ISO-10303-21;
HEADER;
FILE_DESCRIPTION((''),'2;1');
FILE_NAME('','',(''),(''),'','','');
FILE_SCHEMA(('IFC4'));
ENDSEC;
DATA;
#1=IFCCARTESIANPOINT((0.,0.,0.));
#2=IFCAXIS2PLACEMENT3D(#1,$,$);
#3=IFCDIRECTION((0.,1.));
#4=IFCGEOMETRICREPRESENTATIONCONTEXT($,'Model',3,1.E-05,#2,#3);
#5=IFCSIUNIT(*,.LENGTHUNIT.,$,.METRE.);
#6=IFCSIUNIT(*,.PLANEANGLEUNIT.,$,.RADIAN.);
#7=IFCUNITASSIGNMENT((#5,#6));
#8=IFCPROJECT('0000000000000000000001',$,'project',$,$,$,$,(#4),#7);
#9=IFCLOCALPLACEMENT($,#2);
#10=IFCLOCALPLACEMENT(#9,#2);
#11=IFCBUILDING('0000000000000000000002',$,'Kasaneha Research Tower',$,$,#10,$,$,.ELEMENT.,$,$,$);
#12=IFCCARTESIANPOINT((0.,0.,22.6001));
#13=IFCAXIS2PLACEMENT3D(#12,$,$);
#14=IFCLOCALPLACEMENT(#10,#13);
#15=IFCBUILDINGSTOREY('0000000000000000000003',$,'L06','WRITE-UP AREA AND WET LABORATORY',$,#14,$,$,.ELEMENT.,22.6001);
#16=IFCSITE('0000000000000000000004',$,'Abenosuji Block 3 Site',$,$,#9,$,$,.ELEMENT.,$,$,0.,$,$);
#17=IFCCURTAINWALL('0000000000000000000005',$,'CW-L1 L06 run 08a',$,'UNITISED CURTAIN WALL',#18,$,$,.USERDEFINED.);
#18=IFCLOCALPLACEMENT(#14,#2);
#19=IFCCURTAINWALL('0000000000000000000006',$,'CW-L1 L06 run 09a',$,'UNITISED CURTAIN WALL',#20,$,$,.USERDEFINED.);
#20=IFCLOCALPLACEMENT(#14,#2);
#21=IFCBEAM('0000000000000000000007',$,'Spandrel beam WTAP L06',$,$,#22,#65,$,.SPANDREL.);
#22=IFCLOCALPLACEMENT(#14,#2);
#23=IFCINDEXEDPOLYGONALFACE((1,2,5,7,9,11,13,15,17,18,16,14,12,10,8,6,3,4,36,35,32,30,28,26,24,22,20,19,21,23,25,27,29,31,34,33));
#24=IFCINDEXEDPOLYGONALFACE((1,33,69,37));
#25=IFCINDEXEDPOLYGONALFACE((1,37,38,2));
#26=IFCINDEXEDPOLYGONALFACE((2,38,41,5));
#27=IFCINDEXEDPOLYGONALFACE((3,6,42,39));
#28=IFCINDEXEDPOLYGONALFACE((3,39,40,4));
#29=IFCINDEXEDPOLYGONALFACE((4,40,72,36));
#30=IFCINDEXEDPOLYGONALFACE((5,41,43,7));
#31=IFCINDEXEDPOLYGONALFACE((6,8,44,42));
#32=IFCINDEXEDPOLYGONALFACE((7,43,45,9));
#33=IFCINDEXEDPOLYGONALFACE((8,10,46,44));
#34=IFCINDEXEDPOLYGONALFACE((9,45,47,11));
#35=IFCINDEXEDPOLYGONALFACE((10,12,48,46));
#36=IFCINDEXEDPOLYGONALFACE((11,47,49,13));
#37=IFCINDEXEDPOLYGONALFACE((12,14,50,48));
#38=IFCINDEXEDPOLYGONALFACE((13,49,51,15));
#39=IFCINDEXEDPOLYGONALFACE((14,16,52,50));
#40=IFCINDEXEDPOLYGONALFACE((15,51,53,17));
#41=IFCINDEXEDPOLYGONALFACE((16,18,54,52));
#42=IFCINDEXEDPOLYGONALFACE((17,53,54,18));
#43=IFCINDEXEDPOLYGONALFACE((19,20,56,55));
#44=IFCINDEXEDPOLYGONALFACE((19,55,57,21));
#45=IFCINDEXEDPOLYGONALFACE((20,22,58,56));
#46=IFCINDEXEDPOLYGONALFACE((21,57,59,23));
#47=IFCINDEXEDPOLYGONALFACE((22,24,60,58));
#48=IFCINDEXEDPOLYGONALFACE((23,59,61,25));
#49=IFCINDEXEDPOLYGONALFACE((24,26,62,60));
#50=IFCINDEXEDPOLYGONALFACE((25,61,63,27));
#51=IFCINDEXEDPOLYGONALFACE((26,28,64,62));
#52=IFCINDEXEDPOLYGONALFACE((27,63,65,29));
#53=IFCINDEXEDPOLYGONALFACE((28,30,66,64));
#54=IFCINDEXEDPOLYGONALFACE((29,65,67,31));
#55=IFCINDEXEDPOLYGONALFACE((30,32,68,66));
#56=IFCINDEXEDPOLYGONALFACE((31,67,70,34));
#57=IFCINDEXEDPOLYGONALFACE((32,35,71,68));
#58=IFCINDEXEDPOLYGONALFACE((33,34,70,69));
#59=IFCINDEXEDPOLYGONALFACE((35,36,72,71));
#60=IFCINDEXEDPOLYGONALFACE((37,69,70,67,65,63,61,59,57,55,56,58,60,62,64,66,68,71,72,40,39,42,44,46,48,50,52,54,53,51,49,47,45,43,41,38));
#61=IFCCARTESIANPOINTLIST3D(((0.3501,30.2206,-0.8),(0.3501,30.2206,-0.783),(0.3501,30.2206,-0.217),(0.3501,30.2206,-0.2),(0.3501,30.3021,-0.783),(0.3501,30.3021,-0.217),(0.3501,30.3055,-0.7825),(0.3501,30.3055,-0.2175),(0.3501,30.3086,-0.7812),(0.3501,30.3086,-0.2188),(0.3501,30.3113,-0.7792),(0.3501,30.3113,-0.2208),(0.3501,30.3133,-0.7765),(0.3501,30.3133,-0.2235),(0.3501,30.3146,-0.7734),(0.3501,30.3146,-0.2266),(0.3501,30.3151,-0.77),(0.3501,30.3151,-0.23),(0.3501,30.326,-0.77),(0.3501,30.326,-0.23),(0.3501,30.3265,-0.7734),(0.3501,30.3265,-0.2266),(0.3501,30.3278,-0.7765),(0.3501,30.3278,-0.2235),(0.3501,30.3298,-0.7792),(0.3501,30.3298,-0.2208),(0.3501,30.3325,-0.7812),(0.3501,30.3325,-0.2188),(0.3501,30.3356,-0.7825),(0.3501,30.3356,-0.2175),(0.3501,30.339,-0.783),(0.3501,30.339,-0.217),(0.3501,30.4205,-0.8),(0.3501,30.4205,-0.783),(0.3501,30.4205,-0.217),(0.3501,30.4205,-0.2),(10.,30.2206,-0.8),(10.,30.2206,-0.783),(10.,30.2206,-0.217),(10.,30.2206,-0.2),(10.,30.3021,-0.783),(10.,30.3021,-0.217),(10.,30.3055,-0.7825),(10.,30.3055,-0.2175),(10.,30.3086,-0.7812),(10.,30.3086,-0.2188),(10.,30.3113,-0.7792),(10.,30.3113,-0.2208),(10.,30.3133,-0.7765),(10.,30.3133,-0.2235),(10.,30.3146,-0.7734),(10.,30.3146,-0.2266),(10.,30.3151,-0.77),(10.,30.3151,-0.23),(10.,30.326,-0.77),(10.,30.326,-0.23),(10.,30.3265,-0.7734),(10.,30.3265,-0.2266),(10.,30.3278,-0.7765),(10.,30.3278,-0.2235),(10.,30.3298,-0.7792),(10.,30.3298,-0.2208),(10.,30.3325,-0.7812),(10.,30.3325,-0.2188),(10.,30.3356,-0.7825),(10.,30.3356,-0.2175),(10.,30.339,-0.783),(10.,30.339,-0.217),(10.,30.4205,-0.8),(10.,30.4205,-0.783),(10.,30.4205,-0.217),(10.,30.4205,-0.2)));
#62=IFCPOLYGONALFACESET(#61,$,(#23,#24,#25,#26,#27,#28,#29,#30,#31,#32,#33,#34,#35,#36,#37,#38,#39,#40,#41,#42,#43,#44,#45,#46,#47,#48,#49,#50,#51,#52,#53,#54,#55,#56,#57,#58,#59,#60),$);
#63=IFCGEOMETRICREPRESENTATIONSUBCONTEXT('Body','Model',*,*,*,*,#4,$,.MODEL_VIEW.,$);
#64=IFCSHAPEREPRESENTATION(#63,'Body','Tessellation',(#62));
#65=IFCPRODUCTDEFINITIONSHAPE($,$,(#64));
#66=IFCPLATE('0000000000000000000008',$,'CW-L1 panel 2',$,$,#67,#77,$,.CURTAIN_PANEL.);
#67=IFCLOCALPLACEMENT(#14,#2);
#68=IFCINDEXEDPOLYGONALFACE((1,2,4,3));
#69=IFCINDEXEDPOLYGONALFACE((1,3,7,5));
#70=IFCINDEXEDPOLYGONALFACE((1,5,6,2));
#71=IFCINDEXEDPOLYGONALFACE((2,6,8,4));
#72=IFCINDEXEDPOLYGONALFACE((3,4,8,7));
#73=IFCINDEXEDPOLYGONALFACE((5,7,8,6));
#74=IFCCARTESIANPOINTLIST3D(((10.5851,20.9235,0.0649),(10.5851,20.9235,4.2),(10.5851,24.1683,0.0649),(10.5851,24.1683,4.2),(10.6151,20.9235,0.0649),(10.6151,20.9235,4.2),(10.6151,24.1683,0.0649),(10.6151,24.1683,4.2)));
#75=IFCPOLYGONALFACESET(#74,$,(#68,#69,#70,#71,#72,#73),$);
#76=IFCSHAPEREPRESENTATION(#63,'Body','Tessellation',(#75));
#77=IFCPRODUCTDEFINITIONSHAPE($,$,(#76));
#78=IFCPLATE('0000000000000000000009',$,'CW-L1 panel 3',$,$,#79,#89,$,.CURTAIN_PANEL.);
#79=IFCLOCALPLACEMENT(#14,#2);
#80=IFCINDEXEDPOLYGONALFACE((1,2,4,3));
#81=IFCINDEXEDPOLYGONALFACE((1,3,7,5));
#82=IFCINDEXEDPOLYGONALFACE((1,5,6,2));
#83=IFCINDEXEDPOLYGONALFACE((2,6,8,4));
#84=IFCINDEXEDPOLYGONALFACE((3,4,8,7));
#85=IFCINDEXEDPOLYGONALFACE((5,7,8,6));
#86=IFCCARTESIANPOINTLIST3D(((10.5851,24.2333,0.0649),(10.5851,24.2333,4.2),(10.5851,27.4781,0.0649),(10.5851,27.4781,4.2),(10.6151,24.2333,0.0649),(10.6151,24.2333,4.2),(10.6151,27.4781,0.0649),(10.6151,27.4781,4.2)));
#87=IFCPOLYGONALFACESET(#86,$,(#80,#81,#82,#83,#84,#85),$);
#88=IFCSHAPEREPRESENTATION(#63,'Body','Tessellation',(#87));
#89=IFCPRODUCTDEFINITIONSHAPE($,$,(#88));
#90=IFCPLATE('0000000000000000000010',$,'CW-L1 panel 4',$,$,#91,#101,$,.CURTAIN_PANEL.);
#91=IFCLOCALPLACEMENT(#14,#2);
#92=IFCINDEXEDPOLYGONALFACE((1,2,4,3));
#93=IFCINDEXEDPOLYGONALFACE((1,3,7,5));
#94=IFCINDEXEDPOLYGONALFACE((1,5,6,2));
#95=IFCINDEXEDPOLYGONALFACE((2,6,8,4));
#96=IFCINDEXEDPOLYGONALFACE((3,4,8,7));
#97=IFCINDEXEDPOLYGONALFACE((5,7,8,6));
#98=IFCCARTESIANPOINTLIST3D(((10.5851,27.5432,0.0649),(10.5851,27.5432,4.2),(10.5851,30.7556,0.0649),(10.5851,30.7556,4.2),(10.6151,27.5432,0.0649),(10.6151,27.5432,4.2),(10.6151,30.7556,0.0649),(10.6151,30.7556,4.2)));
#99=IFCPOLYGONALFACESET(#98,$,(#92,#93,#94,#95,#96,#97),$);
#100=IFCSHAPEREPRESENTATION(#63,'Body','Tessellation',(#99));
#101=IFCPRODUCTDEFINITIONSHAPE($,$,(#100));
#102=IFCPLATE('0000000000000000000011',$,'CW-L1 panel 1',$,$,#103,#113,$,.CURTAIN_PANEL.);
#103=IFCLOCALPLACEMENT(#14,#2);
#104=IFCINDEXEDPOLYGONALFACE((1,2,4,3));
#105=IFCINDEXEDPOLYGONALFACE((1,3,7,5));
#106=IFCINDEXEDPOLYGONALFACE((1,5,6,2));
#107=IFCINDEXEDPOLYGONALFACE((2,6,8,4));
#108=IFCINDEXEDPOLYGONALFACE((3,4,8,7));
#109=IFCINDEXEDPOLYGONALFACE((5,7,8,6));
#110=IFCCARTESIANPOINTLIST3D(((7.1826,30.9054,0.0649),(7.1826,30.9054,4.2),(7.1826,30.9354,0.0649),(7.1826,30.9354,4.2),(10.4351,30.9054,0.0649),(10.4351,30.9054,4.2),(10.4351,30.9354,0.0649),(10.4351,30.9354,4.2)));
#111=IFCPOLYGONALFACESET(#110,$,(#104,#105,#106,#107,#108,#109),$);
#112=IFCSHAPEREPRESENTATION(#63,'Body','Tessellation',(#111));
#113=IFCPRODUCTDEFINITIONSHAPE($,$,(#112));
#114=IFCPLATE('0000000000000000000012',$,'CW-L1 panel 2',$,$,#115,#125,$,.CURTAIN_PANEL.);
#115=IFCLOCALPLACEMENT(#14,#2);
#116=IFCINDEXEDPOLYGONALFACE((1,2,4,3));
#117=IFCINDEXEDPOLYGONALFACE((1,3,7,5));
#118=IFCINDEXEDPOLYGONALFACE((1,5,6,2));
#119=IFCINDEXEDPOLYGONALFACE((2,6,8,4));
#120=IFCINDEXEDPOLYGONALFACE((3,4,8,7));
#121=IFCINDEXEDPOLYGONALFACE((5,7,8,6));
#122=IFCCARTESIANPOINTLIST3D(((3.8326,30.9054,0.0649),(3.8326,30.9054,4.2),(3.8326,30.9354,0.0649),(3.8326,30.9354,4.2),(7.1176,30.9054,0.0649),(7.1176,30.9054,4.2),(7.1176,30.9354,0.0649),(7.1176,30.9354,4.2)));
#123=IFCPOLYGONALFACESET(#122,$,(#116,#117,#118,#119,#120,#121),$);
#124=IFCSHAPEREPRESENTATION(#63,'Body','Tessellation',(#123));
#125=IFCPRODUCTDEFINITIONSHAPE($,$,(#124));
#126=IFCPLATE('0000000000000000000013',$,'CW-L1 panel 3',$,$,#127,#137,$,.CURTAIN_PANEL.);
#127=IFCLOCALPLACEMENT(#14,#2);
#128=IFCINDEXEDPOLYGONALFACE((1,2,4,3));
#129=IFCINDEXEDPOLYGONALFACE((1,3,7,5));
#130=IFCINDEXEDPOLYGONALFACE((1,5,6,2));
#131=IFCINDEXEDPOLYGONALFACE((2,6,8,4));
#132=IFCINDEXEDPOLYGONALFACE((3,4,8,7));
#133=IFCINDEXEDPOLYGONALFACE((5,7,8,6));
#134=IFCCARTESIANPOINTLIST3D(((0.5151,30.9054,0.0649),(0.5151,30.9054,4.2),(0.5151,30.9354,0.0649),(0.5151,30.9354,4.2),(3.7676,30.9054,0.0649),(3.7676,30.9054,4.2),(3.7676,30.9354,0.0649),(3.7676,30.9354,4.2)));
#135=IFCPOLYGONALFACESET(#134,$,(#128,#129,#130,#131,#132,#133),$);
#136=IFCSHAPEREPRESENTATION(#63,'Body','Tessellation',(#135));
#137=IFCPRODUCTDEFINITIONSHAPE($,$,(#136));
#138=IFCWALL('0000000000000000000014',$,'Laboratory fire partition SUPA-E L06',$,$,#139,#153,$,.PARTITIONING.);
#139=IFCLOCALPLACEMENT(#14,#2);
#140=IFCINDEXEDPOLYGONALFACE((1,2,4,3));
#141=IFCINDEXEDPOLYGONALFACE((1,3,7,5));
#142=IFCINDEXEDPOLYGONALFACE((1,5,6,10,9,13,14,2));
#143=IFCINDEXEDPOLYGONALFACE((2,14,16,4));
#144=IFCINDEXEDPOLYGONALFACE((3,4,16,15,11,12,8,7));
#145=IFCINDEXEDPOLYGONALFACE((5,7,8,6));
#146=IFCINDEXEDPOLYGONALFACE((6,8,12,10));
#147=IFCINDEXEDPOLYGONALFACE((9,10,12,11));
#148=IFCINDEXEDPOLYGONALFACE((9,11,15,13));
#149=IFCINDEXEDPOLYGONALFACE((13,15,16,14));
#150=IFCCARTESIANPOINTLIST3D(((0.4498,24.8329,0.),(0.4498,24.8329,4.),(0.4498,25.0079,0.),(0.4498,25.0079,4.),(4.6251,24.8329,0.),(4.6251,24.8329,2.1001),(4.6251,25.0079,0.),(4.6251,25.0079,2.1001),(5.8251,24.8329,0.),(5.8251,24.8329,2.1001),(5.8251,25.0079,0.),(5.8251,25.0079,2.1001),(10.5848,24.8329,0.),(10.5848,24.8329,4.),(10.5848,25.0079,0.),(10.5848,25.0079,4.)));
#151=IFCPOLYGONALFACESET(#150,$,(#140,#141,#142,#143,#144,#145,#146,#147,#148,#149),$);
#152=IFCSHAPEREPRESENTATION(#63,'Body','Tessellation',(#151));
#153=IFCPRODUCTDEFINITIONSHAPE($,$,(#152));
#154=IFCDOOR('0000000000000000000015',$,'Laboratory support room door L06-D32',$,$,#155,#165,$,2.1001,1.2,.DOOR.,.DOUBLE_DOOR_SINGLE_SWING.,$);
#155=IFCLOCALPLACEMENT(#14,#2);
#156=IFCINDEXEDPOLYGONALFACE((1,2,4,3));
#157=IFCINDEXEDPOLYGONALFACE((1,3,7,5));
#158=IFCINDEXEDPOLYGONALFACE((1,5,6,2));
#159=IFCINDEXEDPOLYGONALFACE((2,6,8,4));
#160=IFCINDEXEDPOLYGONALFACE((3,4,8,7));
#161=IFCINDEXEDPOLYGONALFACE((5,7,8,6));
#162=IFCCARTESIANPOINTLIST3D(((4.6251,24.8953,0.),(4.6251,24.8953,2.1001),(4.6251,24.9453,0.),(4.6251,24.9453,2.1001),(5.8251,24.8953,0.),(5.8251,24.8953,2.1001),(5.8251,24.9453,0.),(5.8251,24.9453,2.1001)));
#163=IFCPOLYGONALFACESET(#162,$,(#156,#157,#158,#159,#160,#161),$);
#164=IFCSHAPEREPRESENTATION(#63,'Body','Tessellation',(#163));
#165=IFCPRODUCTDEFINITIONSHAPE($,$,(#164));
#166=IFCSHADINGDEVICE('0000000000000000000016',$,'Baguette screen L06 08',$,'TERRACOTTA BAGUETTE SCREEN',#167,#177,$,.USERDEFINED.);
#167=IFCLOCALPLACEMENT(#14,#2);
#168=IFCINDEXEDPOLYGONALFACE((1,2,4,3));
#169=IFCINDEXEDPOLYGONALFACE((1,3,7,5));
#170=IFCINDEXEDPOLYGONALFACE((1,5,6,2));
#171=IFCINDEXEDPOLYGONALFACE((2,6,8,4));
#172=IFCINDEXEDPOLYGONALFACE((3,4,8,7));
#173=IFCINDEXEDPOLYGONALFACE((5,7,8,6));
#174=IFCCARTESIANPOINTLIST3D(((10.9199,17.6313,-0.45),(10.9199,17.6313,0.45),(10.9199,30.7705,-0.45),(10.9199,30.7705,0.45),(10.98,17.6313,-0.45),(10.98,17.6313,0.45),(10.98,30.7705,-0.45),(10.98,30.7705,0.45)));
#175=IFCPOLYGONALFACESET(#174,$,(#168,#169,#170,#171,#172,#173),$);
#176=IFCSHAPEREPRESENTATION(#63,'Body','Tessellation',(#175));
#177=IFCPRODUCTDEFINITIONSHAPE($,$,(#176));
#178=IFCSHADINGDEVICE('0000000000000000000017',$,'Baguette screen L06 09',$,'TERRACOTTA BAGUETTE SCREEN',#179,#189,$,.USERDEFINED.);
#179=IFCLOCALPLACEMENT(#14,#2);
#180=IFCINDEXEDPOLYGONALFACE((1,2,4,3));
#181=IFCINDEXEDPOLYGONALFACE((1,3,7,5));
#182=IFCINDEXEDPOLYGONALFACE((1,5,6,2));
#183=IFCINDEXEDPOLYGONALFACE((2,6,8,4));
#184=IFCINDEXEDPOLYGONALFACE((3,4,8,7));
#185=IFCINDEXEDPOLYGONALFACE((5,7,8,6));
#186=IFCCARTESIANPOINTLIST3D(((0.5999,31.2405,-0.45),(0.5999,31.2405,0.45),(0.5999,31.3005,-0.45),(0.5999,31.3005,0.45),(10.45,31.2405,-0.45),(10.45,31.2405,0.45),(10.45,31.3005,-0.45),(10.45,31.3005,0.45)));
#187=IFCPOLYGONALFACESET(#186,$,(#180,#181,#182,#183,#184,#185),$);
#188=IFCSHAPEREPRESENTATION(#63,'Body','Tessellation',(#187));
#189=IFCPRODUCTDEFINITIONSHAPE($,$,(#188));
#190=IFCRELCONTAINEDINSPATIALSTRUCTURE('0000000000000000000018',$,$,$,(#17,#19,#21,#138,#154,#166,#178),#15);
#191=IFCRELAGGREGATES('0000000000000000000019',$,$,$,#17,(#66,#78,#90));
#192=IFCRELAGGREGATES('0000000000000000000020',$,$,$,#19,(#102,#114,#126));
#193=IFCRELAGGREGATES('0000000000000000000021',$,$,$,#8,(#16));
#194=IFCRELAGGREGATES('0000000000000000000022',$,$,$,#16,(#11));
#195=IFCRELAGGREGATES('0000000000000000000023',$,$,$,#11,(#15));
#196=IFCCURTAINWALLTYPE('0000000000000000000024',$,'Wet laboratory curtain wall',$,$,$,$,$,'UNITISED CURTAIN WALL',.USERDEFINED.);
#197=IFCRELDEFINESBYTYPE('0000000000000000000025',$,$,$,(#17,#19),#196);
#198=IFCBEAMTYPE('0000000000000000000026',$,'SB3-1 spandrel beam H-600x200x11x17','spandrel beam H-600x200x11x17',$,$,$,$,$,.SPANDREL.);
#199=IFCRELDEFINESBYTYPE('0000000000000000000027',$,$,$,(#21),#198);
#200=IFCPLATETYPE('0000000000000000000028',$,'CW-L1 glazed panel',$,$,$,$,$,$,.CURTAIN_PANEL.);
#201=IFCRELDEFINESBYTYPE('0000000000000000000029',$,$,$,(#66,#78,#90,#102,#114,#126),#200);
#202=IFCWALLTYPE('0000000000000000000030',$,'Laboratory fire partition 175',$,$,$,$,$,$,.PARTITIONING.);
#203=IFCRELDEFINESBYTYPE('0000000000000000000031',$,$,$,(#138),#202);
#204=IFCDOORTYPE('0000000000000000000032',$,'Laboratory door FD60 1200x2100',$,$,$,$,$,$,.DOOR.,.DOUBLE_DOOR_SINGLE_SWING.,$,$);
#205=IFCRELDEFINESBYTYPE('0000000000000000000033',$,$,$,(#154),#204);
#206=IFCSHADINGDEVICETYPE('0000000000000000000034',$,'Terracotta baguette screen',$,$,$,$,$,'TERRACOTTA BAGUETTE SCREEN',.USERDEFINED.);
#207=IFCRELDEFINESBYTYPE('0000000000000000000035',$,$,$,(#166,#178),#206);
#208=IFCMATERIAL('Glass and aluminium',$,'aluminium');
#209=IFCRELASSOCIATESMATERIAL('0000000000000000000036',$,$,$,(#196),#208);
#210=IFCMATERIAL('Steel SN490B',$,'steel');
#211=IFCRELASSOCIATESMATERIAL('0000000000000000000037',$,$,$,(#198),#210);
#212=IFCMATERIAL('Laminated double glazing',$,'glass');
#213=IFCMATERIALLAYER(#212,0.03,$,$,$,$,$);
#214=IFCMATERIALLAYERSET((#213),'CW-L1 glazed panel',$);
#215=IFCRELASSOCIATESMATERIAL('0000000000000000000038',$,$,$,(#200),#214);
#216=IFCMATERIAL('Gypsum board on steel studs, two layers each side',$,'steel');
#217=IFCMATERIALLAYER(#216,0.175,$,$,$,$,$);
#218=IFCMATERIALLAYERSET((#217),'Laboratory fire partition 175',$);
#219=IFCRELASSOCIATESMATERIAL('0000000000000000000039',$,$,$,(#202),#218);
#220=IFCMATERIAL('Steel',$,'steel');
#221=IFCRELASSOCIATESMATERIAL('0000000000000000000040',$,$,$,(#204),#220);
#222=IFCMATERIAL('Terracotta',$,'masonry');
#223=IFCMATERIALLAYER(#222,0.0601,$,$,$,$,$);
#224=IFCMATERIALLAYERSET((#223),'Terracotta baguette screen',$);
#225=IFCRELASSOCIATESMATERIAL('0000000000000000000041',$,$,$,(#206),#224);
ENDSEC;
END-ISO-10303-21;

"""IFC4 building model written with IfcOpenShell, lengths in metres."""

from ifc_helpers import new_model, si_unit, direction, frame, frame_2d, origin, origin_2d, place, context, subcontext, project, spatial, rectangle, i_section, extrude, material, layer, layer_set, material_profile, profile_set, type_object, element, fill, aggregate, save


model = new_model("IFC4")

# Units and contexts
model_context = context("Model", 3, precision=1e-05, world=origin(), true_north=direction((0.0, 1.0)))
body_context = subcontext(model_context, "Body", "Model", "MODEL_VIEW")
ifc_project = project(units=[si_unit("LENGTHUNIT", "METRE"), si_unit("PLANEANGLEUNIT", "RADIAN")], contexts=[model_context])

# Site, building, storey
site_placement = place(None, origin())
site = spatial("IfcSite", under=ifc_project, at=site_placement, Name="Abenosuji Block 3 Site", CompositionType="ELEMENT", RefElevation=0.0)
building_placement = place(site_placement, origin())
building = spatial("IfcBuilding", under=site, at=building_placement, Name="Kasaneha Research Tower", CompositionType="ELEMENT")
storey_placement = place(building_placement, frame((0.0, 0.0, 22.6001)))
storey = spatial("IfcBuildingStorey", under=building, at=storey_placement, Name="L06", Description="WRITE-UP AREA AND WET LABORATORY", CompositionType="ELEMENT", Elevation=22.6001)

# Curtain walls
ifc_material_1 = material(Name="Glass and aluminium", Category="aluminium")
curtain_wall_type = type_object("IfcCurtainWallType", Name="Wet laboratory curtain wall", ElementType="UNITISED CURTAIN WALL", PredefinedType="USERDEFINED", material=ifc_material_1)
curtain_wall_1_placement = place(storey_placement, origin())
curtain_wall_1 = element("IfcCurtainWall", 1, at=curtain_wall_1_placement, inside=storey, type_object=curtain_wall_type, Name="CW-L1 L06 run 08a", ObjectType="UNITISED CURTAIN WALL", PredefinedType="USERDEFINED")
curtain_wall_2_placement = place(storey_placement, origin())
curtain_wall_2 = element("IfcCurtainWall", 2, at=curtain_wall_2_placement, inside=storey, type_object=curtain_wall_type, Name="CW-L1 L06 run 09a", ObjectType="UNITISED CURTAIN WALL", PredefinedType="USERDEFINED")

# Beam
ifc_material_2 = material(Name="Steel SN490B", Category="steel")
ifc_material_profile_1 = material_profile(ifc_material_2, i_section(OverallWidth=0.2, OverallDepth=0.6001, WebThickness=0.011, FlangeThickness=0.0171, FilletRadius=0.0129, at=origin_2d()), Name="H-600x200x11x17")
ifc_profile_set_1 = profile_set([ifc_material_profile_1], Name="Steel SN490B")
beam_type_1 = type_object("IfcBeamType", Name="SB3-1 spandrel beam H-600x200x11x17", Description="spandrel beam H-600x200x11x17", PredefinedType="SPANDREL", material=ifc_profile_set_1)
beam_1_placement = place(storey_placement, frame((10.0, 30.3206, -0.5), z_axis=(-1.0, 0.0, 0.0), x_axis=(0.0, -1.0, 0.0)))
element("IfcBeam", 3, at=beam_1_placement, inside=storey, type_object=beam_type_1, Name="Spandrel beam WTAP L06", PredefinedType="SPANDREL", context=body_context, shape_type="SweptSolid", body=[
    extrude(i_section(OverallWidth=0.2, OverallDepth=0.6001, WebThickness=0.011, FlangeThickness=0.0171, FilletRadius=0.0129, at=origin_2d()), origin(), (0.0, 0.0, 1.0), 9.6499),
])

# Plates
ifc_material_3 = material(Name="Laminated double glazing", Category="glass")
ifc_layer_1 = layer(ifc_material_3, 0.03)
ifc_layer_set_1 = layer_set([ifc_layer_1], Name="CW-L1 glazed panel")
plate_type = type_object("IfcPlateType", Name="CW-L1 glazed panel", PredefinedType="CURTAIN_PANEL", material=ifc_layer_set_1)
plate_1_placement = place(storey_placement, frame((10.6001, 22.5459, 0.0649), z_axis=(0.0, 0.0, 1.0), x_axis=(0.0, 1.0, 0.0)))
plate_1 = element("IfcPlate", 4, at=plate_1_placement, type_object=plate_type, Name="CW-L1 panel 2", PredefinedType="CURTAIN_PANEL", context=body_context, shape_type="SweptSolid", body=[
    extrude(rectangle(XDim=3.2449, YDim=0.03, at=origin_2d()), origin(), (0.0, 0.0, 1.0), 4.135),
])
plate_2_placement = place(storey_placement, frame((10.6001, 25.8557, 0.0649), z_axis=(0.0, 0.0, 1.0), x_axis=(0.0, 1.0, 0.0)))
plate_2 = element("IfcPlate", 5, at=plate_2_placement, type_object=plate_type, Name="CW-L1 panel 3", PredefinedType="CURTAIN_PANEL", context=body_context, shape_type="SweptSolid", body=[
    extrude(rectangle(XDim=3.2449, YDim=0.03, at=origin_2d()), origin(), (0.0, 0.0, 1.0), 4.135),
])
plate_3_placement = place(storey_placement, frame((10.6001, 29.1494, 0.0649), z_axis=(0.0, 0.0, 1.0), x_axis=(0.0, 1.0, 0.0)))
plate_3 = element("IfcPlate", 6, at=plate_3_placement, type_object=plate_type, Name="CW-L1 panel 4", PredefinedType="CURTAIN_PANEL", context=body_context, shape_type="SweptSolid", body=[
    extrude(rectangle(XDim=3.2124, YDim=0.03, at=origin_2d()), origin(), (0.0, 0.0, 1.0), 4.135),
])
aggregate(curtain_wall_1, [plate_1, plate_2, plate_3])
plate_4_placement = place(storey_placement, frame((8.8088, 30.9204, 0.0649), z_axis=(0.0, 0.0, 1.0), x_axis=(-1.0, 0.0, 0.0)))
plate_4 = element("IfcPlate", 7, at=plate_4_placement, type_object=plate_type, Name="CW-L1 panel 1", PredefinedType="CURTAIN_PANEL", context=body_context, shape_type="SweptSolid", body=[
    extrude(rectangle(XDim=3.2524, YDim=0.03, at=origin_2d()), origin(), (0.0, 0.0, 1.0), 4.135),
])
plate_5_placement = place(storey_placement, frame((5.4751, 30.9204, 0.0649), z_axis=(0.0, 0.0, 1.0), x_axis=(-1.0, 0.0, 0.0)))
plate_5 = element("IfcPlate", 8, at=plate_5_placement, type_object=plate_type, Name="CW-L1 panel 2", PredefinedType="CURTAIN_PANEL", context=body_context, shape_type="SweptSolid", body=[
    extrude(rectangle(XDim=3.2849, YDim=0.03, at=origin_2d()), origin(), (0.0, 0.0, 1.0), 4.135),
])
plate_6_placement = place(storey_placement, frame((2.1414, 30.9204, 0.0649), z_axis=(0.0, 0.0, 1.0), x_axis=(-1.0, 0.0, 0.0)))
plate_6 = element("IfcPlate", 9, at=plate_6_placement, type_object=plate_type, Name="CW-L1 panel 3", PredefinedType="CURTAIN_PANEL", context=body_context, shape_type="SweptSolid", body=[
    extrude(rectangle(XDim=3.2524, YDim=0.03, at=origin_2d()), origin(), (0.0, 0.0, 1.0), 4.135),
])
aggregate(curtain_wall_2, [plate_4, plate_5, plate_6])

# Wall, opening, door
ifc_material_4 = material(Name="Gypsum board on steel studs, two layers each side", Category="steel")
ifc_layer_2 = layer(ifc_material_4, 0.175)
ifc_layer_set_2 = layer_set([ifc_layer_2], Name="Laboratory fire partition 175")
wall_type = type_object("IfcWallType", Name="Laboratory fire partition 175", PredefinedType="PARTITIONING", material=ifc_layer_set_2)
wall_placement = place(storey_placement, frame((0.45, 24.9204, 0.0), z_axis=(0.0, 0.0, 1.0), x_axis=(1.0, 0.0, 0.0)))
wall = element("IfcWall", 10, at=wall_placement, inside=storey, type_object=wall_type, Name="Laboratory fire partition SUPA-E L06", PredefinedType="PARTITIONING", context=body_context, shape_type="SweptSolid", body=[
    extrude(rectangle(XDim=10.135, YDim=0.175, at=frame_2d((5.0674, 0.0))), origin(), (0.0, 0.0, 1.0), 4.0),
])
opening_placement = place(wall_placement, frame((4.175, 0.0, 0.0)))
opening = element("IfcOpeningElement", 11, at=opening_placement, cuts=wall, PredefinedType="OPENING", context=body_context, shape_type="SweptSolid", body=[
    extrude(rectangle(XDim=1.2, YDim=2.1001, at=frame_2d((0.6001, 1.05))), frame((0.0, 0.0977, 0.0), z_axis=(0.0, -1.0, 0.0), x_axis=(1.0, 0.0, 0.0)), (0.0, 0.0, 1.0), 0.1951),
])
ifc_material_5 = material(Name="Steel", Category="steel")
door_type = type_object("IfcDoorType", Name="Laboratory door FD60 1200x2100", OperationType="DOUBLE_DOOR_SINGLE_SWING", PredefinedType="DOOR", material=ifc_material_5)
door_placement = place(opening_placement, origin())
door = element("IfcDoor", 12, at=door_placement, inside=storey, type_object=door_type, Name="Laboratory support room door L06-D32", OperationType="DOUBLE_DOOR_SINGLE_SWING", OverallHeight=2.1001, OverallWidth=1.2, PredefinedType="DOOR", context=body_context, shape_type="SweptSolid", body=[
    extrude(rectangle(XDim=1.2, YDim=2.1001, at=frame_2d((0.6001, 1.05))), frame((0.0, 0.0249, 0.0), z_axis=(0.0, -1.0, 0.0), x_axis=(1.0, 0.0, 0.0)), (0.0, 0.0, 1.0), 0.05),
])
fill(opening, door)

# Shading devices
ifc_material_6 = material(Name="Terracotta", Category="masonry")
ifc_layer_3 = layer(ifc_material_6, 0.0601)
ifc_layer_set_3 = layer_set([ifc_layer_3], Name="Terracotta baguette screen")
shading_device_type = type_object("IfcShadingDeviceType", Name="Terracotta baguette screen", ElementType="TERRACOTTA BAGUETTE SCREEN", PredefinedType="USERDEFINED", material=ifc_layer_set_3)
shading_device_1_placement = place(storey_placement, frame((10.95, 24.2009, -0.45), z_axis=(0.0, 0.0, 1.0), x_axis=(0.0, 1.0, 0.0)))
element("IfcShadingDevice", 13, at=shading_device_1_placement, inside=storey, type_object=shading_device_type, Name="Baguette screen L06 08", ObjectType="TERRACOTTA BAGUETTE SCREEN", PredefinedType="USERDEFINED", context=body_context, shape_type="SweptSolid", body=[
    extrude(rectangle(XDim=13.1392, YDim=0.0601, at=origin_2d()), origin(), (0.0, 0.0, 1.0), 0.8999),
])
shading_device_2_placement = place(storey_placement, frame((5.5249, 31.2705, -0.45), z_axis=(0.0, 0.0, 1.0), x_axis=(-1.0, 0.0, 0.0)))
element("IfcShadingDevice", 14, at=shading_device_2_placement, inside=storey, type_object=shading_device_type, Name="Baguette screen L06 09", ObjectType="TERRACOTTA BAGUETTE SCREEN", PredefinedType="USERDEFINED", context=body_context, shape_type="SweptSolid", body=[
    extrude(rectangle(XDim=9.8501, YDim=0.0601, at=origin_2d()), origin(), (0.0, 0.0, 1.0), 0.8999),
])

save(model, "model.ifc")
